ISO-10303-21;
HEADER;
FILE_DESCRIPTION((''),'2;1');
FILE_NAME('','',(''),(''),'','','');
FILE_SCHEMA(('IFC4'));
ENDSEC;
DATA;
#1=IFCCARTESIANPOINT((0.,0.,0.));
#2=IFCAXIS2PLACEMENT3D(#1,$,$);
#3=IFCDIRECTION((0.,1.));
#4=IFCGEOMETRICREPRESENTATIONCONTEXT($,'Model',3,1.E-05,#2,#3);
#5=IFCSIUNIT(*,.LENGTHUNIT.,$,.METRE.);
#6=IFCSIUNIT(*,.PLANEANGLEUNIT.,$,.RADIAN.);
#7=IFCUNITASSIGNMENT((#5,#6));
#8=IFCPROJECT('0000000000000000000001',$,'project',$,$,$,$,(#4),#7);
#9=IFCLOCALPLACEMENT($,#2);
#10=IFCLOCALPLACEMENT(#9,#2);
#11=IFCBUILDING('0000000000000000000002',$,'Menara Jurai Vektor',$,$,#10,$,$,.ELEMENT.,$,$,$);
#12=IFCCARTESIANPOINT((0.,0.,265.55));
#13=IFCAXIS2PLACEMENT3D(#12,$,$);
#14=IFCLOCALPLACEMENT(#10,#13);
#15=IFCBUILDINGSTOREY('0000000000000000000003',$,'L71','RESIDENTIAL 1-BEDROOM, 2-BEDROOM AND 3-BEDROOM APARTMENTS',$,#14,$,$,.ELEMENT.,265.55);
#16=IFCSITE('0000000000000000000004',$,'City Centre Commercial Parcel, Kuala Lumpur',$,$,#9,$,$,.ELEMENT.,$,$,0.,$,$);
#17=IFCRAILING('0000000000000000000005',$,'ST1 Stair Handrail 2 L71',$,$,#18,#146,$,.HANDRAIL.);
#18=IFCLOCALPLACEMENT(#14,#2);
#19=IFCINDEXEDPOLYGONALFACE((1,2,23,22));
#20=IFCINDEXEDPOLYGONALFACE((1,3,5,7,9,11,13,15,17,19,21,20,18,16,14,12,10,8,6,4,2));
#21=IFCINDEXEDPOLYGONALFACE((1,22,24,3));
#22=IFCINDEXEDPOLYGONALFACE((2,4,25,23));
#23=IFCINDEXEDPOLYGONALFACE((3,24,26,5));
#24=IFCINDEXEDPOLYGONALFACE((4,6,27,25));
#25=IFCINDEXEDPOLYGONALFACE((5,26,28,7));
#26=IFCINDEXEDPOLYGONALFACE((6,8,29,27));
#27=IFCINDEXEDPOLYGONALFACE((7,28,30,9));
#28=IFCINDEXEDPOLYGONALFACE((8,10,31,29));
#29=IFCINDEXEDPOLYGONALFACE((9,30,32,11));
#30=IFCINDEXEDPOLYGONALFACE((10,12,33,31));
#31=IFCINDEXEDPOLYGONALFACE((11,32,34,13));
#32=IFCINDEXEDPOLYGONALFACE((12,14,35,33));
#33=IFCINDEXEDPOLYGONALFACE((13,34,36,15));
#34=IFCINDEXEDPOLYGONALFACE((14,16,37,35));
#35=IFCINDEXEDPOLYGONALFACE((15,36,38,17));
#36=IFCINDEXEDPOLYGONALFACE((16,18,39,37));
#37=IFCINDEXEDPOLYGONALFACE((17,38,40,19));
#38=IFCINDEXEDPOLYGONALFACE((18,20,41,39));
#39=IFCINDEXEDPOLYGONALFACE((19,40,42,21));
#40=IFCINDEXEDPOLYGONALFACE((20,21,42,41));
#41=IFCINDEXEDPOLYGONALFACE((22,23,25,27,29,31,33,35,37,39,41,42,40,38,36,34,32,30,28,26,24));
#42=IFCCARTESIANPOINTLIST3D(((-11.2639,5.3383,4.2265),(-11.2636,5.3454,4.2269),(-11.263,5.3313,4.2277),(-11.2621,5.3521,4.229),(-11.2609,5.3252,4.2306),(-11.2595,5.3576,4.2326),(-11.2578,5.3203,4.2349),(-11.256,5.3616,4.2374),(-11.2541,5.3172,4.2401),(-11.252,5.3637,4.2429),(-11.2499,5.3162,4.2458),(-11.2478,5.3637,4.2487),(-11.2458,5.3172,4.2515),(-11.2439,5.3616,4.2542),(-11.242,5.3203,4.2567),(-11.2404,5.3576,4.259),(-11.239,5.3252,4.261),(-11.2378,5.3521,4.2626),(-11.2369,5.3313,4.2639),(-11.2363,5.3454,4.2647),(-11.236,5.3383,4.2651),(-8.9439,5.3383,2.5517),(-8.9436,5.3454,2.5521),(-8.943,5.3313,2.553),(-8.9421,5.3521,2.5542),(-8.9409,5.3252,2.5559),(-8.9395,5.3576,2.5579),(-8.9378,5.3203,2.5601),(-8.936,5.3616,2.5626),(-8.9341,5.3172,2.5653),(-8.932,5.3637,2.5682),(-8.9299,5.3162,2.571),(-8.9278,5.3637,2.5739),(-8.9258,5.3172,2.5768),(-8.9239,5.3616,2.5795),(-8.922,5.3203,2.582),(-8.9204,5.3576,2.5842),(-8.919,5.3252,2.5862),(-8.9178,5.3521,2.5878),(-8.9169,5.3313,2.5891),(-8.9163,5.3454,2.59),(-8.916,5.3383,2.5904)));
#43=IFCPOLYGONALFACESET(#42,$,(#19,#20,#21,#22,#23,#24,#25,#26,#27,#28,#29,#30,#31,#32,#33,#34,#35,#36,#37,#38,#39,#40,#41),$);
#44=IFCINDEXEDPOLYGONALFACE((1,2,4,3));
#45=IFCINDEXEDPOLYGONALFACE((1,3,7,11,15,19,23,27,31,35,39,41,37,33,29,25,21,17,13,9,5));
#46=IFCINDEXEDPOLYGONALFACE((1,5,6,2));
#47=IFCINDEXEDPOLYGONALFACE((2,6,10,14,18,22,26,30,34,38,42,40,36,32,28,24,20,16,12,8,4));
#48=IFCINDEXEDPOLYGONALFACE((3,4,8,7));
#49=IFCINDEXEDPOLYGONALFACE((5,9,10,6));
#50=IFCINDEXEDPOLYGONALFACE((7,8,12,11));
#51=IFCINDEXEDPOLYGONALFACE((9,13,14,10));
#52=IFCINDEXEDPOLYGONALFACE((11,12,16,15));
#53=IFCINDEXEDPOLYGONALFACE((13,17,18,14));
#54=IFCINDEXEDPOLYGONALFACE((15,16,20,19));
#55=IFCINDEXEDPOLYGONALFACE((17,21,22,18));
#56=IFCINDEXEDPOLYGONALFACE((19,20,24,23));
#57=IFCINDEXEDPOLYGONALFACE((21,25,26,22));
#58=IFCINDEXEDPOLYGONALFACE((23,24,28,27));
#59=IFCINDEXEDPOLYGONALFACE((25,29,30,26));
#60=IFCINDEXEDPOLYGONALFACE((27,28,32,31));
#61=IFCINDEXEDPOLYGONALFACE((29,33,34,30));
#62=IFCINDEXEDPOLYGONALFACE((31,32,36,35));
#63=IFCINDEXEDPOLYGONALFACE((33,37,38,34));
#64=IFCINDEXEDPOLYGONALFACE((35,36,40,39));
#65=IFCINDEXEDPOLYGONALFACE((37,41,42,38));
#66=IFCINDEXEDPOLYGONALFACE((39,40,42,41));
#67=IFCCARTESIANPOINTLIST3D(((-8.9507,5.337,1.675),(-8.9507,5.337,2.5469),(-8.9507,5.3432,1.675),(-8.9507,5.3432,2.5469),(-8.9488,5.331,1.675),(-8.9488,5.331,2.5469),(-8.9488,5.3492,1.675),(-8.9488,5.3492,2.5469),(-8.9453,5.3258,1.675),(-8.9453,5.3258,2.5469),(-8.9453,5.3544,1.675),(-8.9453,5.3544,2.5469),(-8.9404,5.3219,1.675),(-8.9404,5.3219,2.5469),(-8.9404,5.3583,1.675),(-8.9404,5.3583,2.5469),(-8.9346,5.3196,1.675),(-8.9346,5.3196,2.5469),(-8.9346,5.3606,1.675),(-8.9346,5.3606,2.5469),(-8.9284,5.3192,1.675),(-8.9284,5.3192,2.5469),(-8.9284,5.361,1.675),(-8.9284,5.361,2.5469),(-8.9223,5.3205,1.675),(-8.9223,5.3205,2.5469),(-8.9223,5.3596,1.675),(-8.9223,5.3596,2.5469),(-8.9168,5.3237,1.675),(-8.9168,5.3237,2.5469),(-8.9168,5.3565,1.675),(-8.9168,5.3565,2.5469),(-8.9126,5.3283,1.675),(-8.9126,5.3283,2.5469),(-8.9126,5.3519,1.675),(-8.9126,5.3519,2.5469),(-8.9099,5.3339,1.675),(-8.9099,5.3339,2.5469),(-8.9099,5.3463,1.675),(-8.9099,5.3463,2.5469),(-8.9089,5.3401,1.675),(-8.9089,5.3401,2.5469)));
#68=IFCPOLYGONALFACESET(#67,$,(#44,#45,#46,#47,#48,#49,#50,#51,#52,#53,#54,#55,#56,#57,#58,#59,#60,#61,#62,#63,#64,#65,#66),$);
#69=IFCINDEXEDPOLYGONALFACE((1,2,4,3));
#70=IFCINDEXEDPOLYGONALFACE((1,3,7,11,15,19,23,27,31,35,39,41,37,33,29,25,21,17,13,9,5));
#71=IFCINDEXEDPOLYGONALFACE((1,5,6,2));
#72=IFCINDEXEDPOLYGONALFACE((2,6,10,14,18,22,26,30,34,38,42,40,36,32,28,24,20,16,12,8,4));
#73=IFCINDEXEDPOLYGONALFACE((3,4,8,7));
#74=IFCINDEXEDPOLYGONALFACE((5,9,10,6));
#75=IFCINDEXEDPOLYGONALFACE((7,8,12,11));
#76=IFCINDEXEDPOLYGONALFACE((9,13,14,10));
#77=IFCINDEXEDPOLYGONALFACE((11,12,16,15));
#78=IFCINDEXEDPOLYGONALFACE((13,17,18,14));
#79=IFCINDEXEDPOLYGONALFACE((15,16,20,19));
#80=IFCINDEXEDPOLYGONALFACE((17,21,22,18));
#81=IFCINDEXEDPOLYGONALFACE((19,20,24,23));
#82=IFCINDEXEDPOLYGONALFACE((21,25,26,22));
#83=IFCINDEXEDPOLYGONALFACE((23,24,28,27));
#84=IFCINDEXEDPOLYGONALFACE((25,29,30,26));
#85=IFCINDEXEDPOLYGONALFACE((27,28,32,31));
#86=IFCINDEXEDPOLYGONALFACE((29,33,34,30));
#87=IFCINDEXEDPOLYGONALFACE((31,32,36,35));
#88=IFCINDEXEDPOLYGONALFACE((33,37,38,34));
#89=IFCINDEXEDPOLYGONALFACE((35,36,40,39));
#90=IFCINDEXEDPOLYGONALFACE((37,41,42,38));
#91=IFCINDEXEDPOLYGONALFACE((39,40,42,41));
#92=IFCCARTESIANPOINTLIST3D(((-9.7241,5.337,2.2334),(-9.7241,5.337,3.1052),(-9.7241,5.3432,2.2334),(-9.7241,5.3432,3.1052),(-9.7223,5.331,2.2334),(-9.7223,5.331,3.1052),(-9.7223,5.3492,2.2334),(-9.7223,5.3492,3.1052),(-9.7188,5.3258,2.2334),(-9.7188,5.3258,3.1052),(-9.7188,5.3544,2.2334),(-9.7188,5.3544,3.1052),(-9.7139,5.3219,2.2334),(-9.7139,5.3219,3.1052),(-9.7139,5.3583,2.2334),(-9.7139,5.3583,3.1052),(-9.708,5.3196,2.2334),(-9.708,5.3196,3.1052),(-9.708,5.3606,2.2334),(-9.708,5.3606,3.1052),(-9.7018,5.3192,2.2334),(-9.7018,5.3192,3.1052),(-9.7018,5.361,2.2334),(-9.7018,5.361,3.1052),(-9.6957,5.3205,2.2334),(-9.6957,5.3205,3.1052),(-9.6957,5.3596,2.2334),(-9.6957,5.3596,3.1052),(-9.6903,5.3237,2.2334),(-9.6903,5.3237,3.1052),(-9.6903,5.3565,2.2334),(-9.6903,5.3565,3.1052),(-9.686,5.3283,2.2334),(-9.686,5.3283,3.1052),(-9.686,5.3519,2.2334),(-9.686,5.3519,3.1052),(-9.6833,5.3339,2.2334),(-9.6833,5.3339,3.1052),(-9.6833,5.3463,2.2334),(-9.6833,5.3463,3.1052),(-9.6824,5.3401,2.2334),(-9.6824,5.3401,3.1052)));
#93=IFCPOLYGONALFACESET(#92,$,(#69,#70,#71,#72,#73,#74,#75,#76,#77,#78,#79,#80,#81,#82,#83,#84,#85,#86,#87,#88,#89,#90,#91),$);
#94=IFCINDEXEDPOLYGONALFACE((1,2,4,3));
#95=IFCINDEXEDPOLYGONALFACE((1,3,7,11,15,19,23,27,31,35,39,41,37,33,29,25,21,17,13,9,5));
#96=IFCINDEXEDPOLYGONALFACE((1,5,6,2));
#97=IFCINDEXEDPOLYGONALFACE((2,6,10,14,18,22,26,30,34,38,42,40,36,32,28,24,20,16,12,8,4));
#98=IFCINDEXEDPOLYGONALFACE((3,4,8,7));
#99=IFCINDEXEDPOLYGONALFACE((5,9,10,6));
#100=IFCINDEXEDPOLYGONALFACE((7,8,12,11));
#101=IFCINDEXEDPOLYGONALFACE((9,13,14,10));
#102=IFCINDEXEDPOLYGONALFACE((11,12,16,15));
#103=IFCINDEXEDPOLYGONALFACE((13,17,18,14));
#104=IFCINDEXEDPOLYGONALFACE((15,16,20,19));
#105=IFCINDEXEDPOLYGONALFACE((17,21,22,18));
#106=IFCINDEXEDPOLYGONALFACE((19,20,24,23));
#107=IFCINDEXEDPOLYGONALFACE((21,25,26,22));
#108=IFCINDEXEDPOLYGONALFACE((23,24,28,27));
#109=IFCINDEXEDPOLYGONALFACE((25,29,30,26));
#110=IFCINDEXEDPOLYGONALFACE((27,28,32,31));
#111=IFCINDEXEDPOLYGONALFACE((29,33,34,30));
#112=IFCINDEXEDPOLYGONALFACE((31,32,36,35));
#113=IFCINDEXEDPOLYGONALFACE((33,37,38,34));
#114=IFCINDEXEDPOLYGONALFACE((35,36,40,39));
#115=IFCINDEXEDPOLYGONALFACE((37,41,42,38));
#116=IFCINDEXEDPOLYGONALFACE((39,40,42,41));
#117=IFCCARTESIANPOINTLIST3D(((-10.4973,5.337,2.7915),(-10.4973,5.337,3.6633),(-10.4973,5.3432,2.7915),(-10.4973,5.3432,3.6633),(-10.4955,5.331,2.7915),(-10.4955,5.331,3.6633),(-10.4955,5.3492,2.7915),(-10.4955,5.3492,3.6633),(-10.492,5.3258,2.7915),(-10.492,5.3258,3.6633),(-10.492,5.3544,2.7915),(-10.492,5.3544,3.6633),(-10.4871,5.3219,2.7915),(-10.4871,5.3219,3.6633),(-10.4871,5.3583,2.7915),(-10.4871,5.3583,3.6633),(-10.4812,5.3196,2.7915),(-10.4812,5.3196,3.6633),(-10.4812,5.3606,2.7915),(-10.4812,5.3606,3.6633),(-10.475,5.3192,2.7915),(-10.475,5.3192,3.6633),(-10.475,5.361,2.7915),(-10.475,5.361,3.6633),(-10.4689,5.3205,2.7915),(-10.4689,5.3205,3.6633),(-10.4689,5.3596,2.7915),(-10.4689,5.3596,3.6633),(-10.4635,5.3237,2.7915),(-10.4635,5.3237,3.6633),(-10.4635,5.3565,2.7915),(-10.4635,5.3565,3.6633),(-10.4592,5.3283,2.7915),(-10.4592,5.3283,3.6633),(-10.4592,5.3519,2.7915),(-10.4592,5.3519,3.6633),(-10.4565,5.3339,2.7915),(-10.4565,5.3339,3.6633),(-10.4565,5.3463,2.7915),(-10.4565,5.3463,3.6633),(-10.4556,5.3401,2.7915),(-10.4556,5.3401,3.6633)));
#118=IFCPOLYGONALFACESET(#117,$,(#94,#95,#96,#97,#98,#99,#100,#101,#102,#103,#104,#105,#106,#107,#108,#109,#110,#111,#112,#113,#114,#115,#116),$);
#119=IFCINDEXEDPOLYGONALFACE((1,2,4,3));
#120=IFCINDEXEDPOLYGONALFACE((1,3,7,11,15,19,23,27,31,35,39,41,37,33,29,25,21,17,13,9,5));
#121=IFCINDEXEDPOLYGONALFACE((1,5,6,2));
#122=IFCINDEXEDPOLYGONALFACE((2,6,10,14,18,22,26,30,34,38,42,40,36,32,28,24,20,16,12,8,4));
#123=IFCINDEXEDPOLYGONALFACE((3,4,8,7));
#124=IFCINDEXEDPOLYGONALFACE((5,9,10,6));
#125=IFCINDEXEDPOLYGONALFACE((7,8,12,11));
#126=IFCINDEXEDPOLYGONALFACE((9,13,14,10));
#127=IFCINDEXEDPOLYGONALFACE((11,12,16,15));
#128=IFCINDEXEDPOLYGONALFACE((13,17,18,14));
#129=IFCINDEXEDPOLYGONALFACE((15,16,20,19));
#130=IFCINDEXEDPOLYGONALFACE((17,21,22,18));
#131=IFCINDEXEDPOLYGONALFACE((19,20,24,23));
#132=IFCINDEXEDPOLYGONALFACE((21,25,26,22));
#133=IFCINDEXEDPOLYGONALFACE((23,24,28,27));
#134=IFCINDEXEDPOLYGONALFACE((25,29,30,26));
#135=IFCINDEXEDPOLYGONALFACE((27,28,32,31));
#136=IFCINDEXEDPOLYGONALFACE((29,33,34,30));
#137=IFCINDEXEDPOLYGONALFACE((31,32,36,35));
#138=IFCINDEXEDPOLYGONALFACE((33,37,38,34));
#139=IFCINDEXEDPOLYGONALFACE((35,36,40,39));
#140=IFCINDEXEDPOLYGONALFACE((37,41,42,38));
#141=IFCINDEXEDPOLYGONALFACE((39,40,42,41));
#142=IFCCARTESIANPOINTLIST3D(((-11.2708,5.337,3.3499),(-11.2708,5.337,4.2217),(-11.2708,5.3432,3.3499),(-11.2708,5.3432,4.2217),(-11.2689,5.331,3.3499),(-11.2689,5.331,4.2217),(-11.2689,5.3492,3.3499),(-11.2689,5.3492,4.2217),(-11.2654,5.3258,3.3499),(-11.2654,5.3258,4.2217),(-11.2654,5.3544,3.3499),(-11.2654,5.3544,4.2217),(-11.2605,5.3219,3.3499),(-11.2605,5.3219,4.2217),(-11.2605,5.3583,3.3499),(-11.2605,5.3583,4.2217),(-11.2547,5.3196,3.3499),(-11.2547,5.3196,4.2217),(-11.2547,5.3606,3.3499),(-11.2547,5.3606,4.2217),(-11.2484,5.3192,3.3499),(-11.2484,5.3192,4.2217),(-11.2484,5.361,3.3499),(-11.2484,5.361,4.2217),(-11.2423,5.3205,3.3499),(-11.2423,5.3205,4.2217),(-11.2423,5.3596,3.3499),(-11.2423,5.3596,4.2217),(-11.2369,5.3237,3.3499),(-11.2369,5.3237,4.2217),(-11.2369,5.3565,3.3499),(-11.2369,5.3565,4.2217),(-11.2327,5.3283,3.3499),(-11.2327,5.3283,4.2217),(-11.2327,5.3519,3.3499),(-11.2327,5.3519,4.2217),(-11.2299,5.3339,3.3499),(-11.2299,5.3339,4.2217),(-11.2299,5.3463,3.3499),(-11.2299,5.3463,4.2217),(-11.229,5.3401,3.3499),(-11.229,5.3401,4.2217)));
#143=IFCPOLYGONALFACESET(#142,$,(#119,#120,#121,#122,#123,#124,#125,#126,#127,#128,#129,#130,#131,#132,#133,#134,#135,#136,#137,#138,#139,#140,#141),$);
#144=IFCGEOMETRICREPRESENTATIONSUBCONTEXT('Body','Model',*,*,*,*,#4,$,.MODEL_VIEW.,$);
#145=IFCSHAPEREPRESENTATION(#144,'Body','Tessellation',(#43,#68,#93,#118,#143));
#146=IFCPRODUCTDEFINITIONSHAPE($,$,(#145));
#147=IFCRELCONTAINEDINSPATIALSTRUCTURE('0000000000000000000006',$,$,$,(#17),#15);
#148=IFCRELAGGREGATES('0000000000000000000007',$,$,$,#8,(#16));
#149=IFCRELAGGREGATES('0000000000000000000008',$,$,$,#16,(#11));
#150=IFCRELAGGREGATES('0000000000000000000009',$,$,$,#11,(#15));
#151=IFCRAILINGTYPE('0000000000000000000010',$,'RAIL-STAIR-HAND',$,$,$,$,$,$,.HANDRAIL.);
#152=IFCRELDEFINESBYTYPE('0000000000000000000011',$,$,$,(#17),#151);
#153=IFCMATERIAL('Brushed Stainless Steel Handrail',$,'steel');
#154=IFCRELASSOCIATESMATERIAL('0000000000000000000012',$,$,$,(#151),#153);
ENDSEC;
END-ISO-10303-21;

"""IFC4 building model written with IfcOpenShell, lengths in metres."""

from ifc_helpers import new_model, si_unit, direction, frame, origin, origin_2d, place, context, subcontext, project, spatial, circle, extrude, material, type_object, element, save


model = new_model("IFC4")

# Units and contexts
model_context = context("Model", 3, precision=1e-05, world=origin(), true_north=direction((0.0, 1.0)))
body_context = subcontext(model_context, "Body", "Model", "MODEL_VIEW")
ifc_project = project(units=[si_unit("LENGTHUNIT", "METRE"), si_unit("PLANEANGLEUNIT", "RADIAN")], contexts=[model_context])

# Site, building, storey
site_placement = place(None, origin())
site = spatial("IfcSite", under=ifc_project, at=site_placement, Name="City Centre Commercial Parcel, Kuala Lumpur", CompositionType="ELEMENT", RefElevation=0.0)
building_placement = place(site_placement, origin())
building = spatial("IfcBuilding", under=site, at=building_placement, Name="Menara Jurai Vektor", CompositionType="ELEMENT")
storey_placement = place(building_placement, frame((0.0, 0.0, 265.55)))
storey = spatial("IfcBuildingStorey", under=building, at=storey_placement, Name="L71", Description="RESIDENTIAL 1-BEDROOM, 2-BEDROOM AND 3-BEDROOM APARTMENTS", CompositionType="ELEMENT", Elevation=265.55)

# Railing
ifc_material_1 = material(Name="Brushed Stainless Steel Handrail", Category="steel")
railing_type_1 = type_object("IfcRailingType", Name="RAIL-STAIR-HAND", PredefinedType="HANDRAIL", material=ifc_material_1)
railing_1_placement = place(storey_placement, frame((-8.9299, 5.3401, 1.675)))
element("IfcRailing", 1, at=railing_1_placement, inside=storey, type_object=railing_type_1, Name="ST1 Stair Handrail 2 L71", PredefinedType="HANDRAIL", context=body_context, shape_type="SweptSolid", body=[
    extrude(circle(Radius=0.0239, at=origin_2d()), frame((0.0, 0.0, 0.896), z_axis=(-0.810812, 0.0, 0.585307), x_axis=(0.0, -1.0, 0.0)), (0.0, 0.0, 1.0), 2.8613),
    extrude(circle(Radius=0.021, at=origin_2d()), origin(), (0.0, 0.0, 1.0), 0.8718),
    extrude(circle(Radius=0.021, at=origin_2d()), frame((-0.7734, 0.0, 0.5583)), (0.0, 0.0, 1.0), 0.8718),
    extrude(circle(Radius=0.021, at=origin_2d()), frame((-1.5466, 0.0, 1.1165)), (0.0, 0.0, 1.0), 0.8718),
    extrude(circle(Radius=0.021, at=origin_2d()), frame((-2.3201, 0.0, 1.6748)), (0.0, 0.0, 1.0), 0.8718),
])

save(model, "model.ifc")
